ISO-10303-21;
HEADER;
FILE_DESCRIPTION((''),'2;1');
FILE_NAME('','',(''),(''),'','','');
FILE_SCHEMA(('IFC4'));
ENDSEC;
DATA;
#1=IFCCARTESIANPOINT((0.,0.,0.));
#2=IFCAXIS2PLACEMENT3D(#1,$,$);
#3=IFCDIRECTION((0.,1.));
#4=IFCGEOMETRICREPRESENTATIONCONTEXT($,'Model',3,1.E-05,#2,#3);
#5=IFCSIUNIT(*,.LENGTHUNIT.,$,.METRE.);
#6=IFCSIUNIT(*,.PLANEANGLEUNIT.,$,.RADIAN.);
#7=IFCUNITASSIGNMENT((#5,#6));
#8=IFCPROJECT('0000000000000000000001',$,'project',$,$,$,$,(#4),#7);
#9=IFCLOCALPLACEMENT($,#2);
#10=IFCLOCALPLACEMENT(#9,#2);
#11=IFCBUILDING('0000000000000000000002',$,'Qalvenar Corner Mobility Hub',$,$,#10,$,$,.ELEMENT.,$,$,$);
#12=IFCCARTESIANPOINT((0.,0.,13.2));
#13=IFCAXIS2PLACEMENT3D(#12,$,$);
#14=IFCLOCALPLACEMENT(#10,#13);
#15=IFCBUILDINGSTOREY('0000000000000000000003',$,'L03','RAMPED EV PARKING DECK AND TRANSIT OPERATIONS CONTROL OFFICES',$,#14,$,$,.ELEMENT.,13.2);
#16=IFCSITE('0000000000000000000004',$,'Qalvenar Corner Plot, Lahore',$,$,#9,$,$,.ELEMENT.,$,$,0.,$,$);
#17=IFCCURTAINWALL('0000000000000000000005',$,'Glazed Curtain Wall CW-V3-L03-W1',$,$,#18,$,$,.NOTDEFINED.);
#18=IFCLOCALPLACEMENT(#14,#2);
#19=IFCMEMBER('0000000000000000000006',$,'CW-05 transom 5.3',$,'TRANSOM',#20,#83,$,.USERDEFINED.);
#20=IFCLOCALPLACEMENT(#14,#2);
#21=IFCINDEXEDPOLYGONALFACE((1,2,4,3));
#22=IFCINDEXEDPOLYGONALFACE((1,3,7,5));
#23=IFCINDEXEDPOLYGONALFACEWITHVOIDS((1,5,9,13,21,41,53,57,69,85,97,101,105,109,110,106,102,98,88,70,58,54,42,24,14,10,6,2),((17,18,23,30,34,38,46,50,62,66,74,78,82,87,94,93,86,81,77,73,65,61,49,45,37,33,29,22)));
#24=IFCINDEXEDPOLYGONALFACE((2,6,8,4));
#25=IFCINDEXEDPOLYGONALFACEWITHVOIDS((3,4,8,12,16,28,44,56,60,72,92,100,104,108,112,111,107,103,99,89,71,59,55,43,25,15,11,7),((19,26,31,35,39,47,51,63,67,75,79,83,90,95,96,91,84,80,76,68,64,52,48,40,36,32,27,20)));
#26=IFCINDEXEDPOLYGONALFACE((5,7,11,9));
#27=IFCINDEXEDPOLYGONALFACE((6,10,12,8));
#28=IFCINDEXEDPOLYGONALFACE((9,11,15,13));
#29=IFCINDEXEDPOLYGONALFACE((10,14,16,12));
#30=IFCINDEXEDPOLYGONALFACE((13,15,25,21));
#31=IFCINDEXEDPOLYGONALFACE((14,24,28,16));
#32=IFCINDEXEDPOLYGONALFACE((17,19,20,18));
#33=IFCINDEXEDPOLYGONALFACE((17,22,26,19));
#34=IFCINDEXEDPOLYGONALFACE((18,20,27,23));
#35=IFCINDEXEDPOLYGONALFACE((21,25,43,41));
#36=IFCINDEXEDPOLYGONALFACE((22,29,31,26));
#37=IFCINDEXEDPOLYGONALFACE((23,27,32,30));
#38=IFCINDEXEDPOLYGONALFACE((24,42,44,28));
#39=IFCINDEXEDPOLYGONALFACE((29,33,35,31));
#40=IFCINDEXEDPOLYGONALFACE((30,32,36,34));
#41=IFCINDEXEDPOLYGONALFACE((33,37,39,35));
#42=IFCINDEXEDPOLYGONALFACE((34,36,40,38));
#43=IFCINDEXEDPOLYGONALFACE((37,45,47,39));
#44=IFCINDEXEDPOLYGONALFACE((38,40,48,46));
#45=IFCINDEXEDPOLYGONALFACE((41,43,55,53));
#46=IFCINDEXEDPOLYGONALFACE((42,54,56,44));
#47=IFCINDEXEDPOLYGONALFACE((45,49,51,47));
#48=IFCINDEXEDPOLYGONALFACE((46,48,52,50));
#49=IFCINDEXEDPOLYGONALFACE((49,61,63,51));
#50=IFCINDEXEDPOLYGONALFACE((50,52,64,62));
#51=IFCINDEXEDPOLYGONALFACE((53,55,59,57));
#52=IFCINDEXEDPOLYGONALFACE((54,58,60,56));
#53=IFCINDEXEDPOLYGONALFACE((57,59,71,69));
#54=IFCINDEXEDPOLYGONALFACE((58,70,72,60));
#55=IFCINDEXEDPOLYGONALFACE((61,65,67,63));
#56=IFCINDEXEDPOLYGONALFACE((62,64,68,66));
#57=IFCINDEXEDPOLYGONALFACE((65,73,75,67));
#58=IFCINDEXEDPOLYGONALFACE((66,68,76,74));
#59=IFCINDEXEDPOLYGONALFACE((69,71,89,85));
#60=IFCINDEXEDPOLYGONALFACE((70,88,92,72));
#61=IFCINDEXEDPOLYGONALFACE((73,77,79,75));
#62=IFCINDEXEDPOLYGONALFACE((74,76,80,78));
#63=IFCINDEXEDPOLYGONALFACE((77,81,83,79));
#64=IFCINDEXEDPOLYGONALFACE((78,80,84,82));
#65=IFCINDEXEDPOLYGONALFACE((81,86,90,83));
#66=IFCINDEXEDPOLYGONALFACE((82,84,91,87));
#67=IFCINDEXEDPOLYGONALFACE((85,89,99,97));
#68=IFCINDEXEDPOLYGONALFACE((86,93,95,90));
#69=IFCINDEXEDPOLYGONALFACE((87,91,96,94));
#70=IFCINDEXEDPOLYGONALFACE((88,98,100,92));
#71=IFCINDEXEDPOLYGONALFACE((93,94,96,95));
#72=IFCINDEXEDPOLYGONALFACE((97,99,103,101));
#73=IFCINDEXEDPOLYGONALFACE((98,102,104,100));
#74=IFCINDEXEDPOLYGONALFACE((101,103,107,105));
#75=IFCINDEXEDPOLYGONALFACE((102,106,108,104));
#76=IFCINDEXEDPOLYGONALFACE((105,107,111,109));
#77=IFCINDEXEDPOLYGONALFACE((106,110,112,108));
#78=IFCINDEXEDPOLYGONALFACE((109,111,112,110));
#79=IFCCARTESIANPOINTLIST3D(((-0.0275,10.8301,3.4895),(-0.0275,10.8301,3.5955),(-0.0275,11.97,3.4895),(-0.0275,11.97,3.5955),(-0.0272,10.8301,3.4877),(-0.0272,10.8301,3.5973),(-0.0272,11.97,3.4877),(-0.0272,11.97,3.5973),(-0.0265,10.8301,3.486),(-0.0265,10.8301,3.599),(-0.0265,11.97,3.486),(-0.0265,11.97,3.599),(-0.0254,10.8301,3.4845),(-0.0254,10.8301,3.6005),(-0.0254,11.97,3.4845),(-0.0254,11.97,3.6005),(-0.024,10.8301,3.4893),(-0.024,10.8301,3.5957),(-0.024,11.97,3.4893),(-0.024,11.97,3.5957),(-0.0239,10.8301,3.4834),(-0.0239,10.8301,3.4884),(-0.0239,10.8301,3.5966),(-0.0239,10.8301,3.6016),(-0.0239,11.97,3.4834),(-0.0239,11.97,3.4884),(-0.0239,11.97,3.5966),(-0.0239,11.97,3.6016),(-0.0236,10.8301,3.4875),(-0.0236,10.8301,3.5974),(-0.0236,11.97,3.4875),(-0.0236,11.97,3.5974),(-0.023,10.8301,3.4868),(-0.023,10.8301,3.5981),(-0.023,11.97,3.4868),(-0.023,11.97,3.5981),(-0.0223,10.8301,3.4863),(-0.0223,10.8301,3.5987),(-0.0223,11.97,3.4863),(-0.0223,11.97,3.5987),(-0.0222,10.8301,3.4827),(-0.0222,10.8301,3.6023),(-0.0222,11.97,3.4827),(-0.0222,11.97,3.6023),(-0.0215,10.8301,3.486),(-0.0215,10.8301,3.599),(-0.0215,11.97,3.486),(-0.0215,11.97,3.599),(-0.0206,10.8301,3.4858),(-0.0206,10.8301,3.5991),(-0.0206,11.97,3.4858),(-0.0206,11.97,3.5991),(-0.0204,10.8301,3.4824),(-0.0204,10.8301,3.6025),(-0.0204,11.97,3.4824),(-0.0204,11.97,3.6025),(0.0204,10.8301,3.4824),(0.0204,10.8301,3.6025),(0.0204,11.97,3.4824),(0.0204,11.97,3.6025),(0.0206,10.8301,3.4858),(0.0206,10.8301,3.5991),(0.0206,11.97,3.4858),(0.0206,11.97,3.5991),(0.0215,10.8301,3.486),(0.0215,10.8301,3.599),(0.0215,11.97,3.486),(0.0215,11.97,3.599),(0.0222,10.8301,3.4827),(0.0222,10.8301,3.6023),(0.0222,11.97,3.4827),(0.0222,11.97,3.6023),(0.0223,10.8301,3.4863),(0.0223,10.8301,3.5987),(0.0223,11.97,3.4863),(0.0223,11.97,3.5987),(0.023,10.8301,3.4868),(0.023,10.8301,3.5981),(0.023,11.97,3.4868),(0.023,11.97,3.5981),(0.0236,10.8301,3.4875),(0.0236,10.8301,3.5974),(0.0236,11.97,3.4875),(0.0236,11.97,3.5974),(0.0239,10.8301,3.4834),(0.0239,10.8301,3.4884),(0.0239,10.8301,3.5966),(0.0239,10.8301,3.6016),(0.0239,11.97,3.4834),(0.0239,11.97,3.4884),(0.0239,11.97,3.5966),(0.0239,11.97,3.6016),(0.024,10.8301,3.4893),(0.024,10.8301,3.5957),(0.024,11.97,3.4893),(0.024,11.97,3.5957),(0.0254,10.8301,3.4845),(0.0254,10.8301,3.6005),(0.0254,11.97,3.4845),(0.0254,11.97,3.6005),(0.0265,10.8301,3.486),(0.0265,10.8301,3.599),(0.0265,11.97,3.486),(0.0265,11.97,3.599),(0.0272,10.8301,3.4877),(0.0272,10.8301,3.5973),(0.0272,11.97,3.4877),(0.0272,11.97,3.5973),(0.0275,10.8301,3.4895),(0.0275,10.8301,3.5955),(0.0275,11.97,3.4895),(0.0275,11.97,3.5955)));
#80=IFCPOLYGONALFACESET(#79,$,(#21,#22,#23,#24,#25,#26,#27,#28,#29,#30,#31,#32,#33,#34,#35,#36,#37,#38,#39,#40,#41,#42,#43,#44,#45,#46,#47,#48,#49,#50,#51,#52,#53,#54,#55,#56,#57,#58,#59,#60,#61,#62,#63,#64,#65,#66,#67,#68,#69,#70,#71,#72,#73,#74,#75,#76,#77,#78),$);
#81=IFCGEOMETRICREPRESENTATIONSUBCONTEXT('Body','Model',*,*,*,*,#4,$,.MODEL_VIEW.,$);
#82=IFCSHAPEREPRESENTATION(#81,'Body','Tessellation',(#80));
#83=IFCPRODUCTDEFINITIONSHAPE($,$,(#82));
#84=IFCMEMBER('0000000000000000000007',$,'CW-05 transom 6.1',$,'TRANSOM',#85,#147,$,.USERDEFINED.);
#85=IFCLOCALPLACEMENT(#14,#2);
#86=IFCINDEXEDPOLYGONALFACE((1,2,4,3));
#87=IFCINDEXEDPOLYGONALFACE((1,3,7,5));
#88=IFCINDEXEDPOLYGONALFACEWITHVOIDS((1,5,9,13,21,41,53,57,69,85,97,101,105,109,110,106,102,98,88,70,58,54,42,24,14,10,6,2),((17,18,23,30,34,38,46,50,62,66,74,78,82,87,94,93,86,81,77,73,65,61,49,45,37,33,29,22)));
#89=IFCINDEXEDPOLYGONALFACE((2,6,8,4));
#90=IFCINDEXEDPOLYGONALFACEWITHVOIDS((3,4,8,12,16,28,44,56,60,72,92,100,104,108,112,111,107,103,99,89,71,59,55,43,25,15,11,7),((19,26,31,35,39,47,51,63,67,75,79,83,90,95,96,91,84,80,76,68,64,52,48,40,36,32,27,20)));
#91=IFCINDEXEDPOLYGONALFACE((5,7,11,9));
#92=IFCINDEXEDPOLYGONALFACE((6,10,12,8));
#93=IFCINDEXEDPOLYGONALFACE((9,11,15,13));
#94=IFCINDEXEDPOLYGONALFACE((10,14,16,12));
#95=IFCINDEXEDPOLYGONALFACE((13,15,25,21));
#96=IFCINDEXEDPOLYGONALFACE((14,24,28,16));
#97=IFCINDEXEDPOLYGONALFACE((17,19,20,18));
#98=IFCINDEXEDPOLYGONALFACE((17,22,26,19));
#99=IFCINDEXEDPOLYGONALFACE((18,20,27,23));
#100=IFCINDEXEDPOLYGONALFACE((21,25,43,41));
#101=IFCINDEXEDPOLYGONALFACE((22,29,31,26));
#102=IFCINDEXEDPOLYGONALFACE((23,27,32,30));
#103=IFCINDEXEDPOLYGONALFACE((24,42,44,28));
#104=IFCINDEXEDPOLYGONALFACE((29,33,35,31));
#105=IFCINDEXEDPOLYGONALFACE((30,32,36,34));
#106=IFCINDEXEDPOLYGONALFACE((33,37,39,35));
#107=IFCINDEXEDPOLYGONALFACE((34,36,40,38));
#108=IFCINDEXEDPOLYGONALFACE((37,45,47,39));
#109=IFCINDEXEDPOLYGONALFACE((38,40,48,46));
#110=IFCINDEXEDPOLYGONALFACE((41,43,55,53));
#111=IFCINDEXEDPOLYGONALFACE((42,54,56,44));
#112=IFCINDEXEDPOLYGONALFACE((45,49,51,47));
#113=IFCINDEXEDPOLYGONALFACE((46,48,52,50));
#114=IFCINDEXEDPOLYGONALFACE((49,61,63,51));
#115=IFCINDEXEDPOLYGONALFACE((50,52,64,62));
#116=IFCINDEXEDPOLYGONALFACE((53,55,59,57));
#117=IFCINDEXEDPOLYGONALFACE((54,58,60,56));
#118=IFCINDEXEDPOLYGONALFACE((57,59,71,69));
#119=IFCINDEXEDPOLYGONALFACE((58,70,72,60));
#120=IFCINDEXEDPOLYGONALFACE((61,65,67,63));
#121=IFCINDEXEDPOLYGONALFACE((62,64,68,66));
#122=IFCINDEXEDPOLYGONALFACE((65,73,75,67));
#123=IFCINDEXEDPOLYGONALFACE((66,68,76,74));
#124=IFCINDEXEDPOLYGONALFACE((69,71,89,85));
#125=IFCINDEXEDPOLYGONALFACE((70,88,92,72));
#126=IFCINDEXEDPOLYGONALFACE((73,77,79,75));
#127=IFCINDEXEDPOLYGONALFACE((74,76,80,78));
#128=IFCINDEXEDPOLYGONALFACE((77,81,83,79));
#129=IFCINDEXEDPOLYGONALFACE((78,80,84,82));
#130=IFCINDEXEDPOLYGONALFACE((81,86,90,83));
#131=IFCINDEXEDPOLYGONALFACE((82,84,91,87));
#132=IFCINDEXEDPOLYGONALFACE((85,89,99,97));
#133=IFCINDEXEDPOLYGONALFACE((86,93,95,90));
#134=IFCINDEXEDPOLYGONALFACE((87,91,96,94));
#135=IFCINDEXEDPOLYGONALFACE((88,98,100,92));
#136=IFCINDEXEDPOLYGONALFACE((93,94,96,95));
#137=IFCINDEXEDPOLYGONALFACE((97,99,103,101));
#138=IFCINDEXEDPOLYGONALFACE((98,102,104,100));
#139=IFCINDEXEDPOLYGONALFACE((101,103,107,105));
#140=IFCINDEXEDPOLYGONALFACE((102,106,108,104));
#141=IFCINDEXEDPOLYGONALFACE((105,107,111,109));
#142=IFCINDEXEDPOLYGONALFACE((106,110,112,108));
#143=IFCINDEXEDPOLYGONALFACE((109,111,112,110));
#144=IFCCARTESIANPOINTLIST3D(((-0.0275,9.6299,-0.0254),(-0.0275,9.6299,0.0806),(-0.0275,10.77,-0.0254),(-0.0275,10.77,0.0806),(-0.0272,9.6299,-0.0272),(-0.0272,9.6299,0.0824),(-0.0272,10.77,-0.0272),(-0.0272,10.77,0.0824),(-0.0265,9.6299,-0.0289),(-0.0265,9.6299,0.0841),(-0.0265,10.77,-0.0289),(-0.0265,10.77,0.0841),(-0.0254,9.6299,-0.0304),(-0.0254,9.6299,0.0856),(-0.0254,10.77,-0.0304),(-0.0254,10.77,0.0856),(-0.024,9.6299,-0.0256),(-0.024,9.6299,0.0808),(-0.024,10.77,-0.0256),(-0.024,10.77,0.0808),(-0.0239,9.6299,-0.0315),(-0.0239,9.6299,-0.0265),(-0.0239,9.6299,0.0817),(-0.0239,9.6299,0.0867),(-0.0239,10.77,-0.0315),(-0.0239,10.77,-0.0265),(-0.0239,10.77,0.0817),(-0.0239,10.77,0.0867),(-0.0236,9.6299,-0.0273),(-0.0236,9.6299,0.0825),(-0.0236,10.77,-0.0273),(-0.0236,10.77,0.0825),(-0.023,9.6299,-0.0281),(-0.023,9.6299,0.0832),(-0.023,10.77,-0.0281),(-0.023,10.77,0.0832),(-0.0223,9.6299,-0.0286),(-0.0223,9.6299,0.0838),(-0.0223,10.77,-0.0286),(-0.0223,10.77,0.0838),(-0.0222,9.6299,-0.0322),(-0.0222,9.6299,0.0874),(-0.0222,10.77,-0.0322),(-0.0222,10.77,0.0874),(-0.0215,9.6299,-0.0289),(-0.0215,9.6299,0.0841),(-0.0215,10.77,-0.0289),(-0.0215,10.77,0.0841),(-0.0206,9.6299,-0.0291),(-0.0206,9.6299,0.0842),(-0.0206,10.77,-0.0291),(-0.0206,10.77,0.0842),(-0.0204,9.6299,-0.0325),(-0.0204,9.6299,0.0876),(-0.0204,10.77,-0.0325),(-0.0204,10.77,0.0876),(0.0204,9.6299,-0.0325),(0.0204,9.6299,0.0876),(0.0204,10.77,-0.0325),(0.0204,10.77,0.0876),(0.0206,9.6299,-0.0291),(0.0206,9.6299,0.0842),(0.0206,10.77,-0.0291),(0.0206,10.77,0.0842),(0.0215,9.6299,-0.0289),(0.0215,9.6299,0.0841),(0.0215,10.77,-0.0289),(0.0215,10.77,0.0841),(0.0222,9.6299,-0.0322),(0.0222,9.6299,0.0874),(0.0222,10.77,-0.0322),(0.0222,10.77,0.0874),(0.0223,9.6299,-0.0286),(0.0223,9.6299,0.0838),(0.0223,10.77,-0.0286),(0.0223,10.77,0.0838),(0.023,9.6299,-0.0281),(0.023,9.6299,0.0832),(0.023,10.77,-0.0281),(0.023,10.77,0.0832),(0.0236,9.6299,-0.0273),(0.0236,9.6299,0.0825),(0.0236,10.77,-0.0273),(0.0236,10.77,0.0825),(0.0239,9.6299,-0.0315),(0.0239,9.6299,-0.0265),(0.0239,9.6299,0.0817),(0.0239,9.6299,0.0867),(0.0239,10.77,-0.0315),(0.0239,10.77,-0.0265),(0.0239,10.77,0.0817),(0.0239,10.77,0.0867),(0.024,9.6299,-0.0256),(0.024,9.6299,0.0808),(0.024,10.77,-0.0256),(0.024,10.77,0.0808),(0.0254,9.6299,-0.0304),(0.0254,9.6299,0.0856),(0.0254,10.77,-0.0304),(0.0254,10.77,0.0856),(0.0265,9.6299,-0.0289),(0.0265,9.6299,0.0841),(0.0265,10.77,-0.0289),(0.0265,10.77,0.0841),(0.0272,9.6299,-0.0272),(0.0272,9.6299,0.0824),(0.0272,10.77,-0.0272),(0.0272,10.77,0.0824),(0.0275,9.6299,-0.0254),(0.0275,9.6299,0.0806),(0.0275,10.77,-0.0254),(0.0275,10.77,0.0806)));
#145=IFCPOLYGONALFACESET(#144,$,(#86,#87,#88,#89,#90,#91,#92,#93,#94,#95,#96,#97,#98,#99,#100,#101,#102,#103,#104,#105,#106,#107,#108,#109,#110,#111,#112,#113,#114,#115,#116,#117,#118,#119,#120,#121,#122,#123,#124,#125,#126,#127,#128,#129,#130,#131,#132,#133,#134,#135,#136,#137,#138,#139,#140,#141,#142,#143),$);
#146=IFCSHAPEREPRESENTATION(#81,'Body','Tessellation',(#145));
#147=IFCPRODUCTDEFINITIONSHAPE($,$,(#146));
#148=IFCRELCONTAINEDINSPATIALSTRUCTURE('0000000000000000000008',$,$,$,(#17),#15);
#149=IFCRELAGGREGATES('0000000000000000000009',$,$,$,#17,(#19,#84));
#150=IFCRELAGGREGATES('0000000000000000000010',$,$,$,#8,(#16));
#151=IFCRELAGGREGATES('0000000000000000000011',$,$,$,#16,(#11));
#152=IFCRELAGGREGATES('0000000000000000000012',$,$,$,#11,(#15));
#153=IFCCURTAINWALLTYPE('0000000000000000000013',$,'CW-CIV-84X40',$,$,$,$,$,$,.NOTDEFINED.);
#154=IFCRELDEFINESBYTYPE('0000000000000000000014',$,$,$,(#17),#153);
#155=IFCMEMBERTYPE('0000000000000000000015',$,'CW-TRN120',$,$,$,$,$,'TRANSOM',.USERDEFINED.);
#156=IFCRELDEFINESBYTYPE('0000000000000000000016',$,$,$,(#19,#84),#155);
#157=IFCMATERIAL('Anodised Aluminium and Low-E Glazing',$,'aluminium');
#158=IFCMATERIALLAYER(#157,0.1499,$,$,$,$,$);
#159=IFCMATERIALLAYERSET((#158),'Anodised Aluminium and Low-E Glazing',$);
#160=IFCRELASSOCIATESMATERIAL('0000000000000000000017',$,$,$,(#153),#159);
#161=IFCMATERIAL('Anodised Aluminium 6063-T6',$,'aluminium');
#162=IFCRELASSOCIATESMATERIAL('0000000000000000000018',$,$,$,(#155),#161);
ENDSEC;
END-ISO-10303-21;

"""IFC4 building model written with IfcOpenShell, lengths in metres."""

from ifc_helpers import new_model, si_unit, direction, frame, origin, origin_2d, place, context, subcontext, project, spatial, hollow_rectangle, extrude, material, layer, layer_set, material_profile, profile_set, type_object, element, aggregate, save


model = new_model("IFC4")

# Units and contexts
model_context = context("Model", 3, precision=1e-05, world=origin(), true_north=direction((0.0, 1.0)))
body_context = subcontext(model_context, "Body", "Model", "MODEL_VIEW")
ifc_project = project(units=[si_unit("LENGTHUNIT", "METRE"), si_unit("PLANEANGLEUNIT", "RADIAN")], contexts=[model_context])

# Site, building, storey
site_placement = place(None, origin())
site = spatial("IfcSite", under=ifc_project, at=site_placement, Name="Qalvenar Corner Plot, Lahore", CompositionType="ELEMENT", RefElevation=0.0)
building_placement = place(site_placement, origin())
building = spatial("IfcBuilding", under=site, at=building_placement, Name="Qalvenar Corner Mobility Hub", CompositionType="ELEMENT")
storey_placement = place(building_placement, frame((0.0, 0.0, 13.2)))
storey = spatial("IfcBuildingStorey", under=building, at=storey_placement, Name="L03", Description="RAMPED EV PARKING DECK AND TRANSIT OPERATIONS CONTROL OFFICES", CompositionType="ELEMENT", Elevation=13.2)

# Curtain wall, members
ifc_material_1 = material(Name="Anodised Aluminium and Low-E Glazing", Category="aluminium")
ifc_layer_1 = layer(ifc_material_1, 0.1499)
ifc_layer_set_1 = layer_set([ifc_layer_1], Name="Anodised Aluminium and Low-E Glazing")
curtain_wall_type = type_object("IfcCurtainWallType", Name="CW-CIV-84X40", PredefinedType="NOTDEFINED", material=ifc_layer_set_1)
curtain_wall_placement = place(storey_placement, origin())
curtain_wall = element("IfcCurtainWall", 1, at=curtain_wall_placement, inside=storey, type_object=curtain_wall_type, Name="Glazed Curtain Wall CW-V3-L03-W1", PredefinedType="NOTDEFINED")
ifc_material_2 = material(Name="Anodised Aluminium 6063-T6", Category="aluminium")
ifc_material_profile_1 = material_profile(ifc_material_2, hollow_rectangle(XDim=0.0549, YDim=0.1201, WallThickness=0.0034, InnerFilletRadius=0.0034, OuterFilletRadius=0.0071, at=origin_2d()), Name="RHS120x55x3.5")
ifc_profile_set_1 = profile_set([ifc_material_profile_1], Name="Anodised Aluminium 6063-T6")
member_type_1 = type_object("IfcMemberType", Name="CW-TRN120", ElementType="TRANSOM", PredefinedType="USERDEFINED", material=ifc_profile_set_1)
member_1_placement = place(storey_placement, frame((0.0, 11.97, 3.5425), z_axis=(0.0, -1.0, 0.0), x_axis=(1.0, 0.0, 0.0)))
member_1 = element("IfcMember", 2, at=member_1_placement, type_object=member_type_1, Name="CW-05 transom 5.3", ObjectType="TRANSOM", PredefinedType="USERDEFINED", context=body_context, shape_type="SweptSolid", body=[
    extrude(hollow_rectangle(XDim=0.0549, YDim=0.1201, WallThickness=0.0034, InnerFilletRadius=0.0034, OuterFilletRadius=0.0071, at=origin_2d()), origin(), (0.0, 0.0, 1.0), 1.1399),
])
member_2_placement = place(storey_placement, frame((0.0, 10.77, 0.0276), z_axis=(0.0, -1.0, 0.0), x_axis=(1.0, 0.0, 0.0)))
member_2 = element("IfcMember", 3, at=member_2_placement, type_object=member_type_1, Name="CW-05 transom 6.1", ObjectType="TRANSOM", PredefinedType="USERDEFINED", context=body_context, shape_type="SweptSolid", body=[
    extrude(hollow_rectangle(XDim=0.0549, YDim=0.1201, WallThickness=0.0034, InnerFilletRadius=0.0034, OuterFilletRadius=0.0071, at=origin_2d()), origin(), (0.0, 0.0, 1.0), 1.1401),
])
aggregate(curtain_wall, [member_1, member_2])

save(model, "model.ifc")
